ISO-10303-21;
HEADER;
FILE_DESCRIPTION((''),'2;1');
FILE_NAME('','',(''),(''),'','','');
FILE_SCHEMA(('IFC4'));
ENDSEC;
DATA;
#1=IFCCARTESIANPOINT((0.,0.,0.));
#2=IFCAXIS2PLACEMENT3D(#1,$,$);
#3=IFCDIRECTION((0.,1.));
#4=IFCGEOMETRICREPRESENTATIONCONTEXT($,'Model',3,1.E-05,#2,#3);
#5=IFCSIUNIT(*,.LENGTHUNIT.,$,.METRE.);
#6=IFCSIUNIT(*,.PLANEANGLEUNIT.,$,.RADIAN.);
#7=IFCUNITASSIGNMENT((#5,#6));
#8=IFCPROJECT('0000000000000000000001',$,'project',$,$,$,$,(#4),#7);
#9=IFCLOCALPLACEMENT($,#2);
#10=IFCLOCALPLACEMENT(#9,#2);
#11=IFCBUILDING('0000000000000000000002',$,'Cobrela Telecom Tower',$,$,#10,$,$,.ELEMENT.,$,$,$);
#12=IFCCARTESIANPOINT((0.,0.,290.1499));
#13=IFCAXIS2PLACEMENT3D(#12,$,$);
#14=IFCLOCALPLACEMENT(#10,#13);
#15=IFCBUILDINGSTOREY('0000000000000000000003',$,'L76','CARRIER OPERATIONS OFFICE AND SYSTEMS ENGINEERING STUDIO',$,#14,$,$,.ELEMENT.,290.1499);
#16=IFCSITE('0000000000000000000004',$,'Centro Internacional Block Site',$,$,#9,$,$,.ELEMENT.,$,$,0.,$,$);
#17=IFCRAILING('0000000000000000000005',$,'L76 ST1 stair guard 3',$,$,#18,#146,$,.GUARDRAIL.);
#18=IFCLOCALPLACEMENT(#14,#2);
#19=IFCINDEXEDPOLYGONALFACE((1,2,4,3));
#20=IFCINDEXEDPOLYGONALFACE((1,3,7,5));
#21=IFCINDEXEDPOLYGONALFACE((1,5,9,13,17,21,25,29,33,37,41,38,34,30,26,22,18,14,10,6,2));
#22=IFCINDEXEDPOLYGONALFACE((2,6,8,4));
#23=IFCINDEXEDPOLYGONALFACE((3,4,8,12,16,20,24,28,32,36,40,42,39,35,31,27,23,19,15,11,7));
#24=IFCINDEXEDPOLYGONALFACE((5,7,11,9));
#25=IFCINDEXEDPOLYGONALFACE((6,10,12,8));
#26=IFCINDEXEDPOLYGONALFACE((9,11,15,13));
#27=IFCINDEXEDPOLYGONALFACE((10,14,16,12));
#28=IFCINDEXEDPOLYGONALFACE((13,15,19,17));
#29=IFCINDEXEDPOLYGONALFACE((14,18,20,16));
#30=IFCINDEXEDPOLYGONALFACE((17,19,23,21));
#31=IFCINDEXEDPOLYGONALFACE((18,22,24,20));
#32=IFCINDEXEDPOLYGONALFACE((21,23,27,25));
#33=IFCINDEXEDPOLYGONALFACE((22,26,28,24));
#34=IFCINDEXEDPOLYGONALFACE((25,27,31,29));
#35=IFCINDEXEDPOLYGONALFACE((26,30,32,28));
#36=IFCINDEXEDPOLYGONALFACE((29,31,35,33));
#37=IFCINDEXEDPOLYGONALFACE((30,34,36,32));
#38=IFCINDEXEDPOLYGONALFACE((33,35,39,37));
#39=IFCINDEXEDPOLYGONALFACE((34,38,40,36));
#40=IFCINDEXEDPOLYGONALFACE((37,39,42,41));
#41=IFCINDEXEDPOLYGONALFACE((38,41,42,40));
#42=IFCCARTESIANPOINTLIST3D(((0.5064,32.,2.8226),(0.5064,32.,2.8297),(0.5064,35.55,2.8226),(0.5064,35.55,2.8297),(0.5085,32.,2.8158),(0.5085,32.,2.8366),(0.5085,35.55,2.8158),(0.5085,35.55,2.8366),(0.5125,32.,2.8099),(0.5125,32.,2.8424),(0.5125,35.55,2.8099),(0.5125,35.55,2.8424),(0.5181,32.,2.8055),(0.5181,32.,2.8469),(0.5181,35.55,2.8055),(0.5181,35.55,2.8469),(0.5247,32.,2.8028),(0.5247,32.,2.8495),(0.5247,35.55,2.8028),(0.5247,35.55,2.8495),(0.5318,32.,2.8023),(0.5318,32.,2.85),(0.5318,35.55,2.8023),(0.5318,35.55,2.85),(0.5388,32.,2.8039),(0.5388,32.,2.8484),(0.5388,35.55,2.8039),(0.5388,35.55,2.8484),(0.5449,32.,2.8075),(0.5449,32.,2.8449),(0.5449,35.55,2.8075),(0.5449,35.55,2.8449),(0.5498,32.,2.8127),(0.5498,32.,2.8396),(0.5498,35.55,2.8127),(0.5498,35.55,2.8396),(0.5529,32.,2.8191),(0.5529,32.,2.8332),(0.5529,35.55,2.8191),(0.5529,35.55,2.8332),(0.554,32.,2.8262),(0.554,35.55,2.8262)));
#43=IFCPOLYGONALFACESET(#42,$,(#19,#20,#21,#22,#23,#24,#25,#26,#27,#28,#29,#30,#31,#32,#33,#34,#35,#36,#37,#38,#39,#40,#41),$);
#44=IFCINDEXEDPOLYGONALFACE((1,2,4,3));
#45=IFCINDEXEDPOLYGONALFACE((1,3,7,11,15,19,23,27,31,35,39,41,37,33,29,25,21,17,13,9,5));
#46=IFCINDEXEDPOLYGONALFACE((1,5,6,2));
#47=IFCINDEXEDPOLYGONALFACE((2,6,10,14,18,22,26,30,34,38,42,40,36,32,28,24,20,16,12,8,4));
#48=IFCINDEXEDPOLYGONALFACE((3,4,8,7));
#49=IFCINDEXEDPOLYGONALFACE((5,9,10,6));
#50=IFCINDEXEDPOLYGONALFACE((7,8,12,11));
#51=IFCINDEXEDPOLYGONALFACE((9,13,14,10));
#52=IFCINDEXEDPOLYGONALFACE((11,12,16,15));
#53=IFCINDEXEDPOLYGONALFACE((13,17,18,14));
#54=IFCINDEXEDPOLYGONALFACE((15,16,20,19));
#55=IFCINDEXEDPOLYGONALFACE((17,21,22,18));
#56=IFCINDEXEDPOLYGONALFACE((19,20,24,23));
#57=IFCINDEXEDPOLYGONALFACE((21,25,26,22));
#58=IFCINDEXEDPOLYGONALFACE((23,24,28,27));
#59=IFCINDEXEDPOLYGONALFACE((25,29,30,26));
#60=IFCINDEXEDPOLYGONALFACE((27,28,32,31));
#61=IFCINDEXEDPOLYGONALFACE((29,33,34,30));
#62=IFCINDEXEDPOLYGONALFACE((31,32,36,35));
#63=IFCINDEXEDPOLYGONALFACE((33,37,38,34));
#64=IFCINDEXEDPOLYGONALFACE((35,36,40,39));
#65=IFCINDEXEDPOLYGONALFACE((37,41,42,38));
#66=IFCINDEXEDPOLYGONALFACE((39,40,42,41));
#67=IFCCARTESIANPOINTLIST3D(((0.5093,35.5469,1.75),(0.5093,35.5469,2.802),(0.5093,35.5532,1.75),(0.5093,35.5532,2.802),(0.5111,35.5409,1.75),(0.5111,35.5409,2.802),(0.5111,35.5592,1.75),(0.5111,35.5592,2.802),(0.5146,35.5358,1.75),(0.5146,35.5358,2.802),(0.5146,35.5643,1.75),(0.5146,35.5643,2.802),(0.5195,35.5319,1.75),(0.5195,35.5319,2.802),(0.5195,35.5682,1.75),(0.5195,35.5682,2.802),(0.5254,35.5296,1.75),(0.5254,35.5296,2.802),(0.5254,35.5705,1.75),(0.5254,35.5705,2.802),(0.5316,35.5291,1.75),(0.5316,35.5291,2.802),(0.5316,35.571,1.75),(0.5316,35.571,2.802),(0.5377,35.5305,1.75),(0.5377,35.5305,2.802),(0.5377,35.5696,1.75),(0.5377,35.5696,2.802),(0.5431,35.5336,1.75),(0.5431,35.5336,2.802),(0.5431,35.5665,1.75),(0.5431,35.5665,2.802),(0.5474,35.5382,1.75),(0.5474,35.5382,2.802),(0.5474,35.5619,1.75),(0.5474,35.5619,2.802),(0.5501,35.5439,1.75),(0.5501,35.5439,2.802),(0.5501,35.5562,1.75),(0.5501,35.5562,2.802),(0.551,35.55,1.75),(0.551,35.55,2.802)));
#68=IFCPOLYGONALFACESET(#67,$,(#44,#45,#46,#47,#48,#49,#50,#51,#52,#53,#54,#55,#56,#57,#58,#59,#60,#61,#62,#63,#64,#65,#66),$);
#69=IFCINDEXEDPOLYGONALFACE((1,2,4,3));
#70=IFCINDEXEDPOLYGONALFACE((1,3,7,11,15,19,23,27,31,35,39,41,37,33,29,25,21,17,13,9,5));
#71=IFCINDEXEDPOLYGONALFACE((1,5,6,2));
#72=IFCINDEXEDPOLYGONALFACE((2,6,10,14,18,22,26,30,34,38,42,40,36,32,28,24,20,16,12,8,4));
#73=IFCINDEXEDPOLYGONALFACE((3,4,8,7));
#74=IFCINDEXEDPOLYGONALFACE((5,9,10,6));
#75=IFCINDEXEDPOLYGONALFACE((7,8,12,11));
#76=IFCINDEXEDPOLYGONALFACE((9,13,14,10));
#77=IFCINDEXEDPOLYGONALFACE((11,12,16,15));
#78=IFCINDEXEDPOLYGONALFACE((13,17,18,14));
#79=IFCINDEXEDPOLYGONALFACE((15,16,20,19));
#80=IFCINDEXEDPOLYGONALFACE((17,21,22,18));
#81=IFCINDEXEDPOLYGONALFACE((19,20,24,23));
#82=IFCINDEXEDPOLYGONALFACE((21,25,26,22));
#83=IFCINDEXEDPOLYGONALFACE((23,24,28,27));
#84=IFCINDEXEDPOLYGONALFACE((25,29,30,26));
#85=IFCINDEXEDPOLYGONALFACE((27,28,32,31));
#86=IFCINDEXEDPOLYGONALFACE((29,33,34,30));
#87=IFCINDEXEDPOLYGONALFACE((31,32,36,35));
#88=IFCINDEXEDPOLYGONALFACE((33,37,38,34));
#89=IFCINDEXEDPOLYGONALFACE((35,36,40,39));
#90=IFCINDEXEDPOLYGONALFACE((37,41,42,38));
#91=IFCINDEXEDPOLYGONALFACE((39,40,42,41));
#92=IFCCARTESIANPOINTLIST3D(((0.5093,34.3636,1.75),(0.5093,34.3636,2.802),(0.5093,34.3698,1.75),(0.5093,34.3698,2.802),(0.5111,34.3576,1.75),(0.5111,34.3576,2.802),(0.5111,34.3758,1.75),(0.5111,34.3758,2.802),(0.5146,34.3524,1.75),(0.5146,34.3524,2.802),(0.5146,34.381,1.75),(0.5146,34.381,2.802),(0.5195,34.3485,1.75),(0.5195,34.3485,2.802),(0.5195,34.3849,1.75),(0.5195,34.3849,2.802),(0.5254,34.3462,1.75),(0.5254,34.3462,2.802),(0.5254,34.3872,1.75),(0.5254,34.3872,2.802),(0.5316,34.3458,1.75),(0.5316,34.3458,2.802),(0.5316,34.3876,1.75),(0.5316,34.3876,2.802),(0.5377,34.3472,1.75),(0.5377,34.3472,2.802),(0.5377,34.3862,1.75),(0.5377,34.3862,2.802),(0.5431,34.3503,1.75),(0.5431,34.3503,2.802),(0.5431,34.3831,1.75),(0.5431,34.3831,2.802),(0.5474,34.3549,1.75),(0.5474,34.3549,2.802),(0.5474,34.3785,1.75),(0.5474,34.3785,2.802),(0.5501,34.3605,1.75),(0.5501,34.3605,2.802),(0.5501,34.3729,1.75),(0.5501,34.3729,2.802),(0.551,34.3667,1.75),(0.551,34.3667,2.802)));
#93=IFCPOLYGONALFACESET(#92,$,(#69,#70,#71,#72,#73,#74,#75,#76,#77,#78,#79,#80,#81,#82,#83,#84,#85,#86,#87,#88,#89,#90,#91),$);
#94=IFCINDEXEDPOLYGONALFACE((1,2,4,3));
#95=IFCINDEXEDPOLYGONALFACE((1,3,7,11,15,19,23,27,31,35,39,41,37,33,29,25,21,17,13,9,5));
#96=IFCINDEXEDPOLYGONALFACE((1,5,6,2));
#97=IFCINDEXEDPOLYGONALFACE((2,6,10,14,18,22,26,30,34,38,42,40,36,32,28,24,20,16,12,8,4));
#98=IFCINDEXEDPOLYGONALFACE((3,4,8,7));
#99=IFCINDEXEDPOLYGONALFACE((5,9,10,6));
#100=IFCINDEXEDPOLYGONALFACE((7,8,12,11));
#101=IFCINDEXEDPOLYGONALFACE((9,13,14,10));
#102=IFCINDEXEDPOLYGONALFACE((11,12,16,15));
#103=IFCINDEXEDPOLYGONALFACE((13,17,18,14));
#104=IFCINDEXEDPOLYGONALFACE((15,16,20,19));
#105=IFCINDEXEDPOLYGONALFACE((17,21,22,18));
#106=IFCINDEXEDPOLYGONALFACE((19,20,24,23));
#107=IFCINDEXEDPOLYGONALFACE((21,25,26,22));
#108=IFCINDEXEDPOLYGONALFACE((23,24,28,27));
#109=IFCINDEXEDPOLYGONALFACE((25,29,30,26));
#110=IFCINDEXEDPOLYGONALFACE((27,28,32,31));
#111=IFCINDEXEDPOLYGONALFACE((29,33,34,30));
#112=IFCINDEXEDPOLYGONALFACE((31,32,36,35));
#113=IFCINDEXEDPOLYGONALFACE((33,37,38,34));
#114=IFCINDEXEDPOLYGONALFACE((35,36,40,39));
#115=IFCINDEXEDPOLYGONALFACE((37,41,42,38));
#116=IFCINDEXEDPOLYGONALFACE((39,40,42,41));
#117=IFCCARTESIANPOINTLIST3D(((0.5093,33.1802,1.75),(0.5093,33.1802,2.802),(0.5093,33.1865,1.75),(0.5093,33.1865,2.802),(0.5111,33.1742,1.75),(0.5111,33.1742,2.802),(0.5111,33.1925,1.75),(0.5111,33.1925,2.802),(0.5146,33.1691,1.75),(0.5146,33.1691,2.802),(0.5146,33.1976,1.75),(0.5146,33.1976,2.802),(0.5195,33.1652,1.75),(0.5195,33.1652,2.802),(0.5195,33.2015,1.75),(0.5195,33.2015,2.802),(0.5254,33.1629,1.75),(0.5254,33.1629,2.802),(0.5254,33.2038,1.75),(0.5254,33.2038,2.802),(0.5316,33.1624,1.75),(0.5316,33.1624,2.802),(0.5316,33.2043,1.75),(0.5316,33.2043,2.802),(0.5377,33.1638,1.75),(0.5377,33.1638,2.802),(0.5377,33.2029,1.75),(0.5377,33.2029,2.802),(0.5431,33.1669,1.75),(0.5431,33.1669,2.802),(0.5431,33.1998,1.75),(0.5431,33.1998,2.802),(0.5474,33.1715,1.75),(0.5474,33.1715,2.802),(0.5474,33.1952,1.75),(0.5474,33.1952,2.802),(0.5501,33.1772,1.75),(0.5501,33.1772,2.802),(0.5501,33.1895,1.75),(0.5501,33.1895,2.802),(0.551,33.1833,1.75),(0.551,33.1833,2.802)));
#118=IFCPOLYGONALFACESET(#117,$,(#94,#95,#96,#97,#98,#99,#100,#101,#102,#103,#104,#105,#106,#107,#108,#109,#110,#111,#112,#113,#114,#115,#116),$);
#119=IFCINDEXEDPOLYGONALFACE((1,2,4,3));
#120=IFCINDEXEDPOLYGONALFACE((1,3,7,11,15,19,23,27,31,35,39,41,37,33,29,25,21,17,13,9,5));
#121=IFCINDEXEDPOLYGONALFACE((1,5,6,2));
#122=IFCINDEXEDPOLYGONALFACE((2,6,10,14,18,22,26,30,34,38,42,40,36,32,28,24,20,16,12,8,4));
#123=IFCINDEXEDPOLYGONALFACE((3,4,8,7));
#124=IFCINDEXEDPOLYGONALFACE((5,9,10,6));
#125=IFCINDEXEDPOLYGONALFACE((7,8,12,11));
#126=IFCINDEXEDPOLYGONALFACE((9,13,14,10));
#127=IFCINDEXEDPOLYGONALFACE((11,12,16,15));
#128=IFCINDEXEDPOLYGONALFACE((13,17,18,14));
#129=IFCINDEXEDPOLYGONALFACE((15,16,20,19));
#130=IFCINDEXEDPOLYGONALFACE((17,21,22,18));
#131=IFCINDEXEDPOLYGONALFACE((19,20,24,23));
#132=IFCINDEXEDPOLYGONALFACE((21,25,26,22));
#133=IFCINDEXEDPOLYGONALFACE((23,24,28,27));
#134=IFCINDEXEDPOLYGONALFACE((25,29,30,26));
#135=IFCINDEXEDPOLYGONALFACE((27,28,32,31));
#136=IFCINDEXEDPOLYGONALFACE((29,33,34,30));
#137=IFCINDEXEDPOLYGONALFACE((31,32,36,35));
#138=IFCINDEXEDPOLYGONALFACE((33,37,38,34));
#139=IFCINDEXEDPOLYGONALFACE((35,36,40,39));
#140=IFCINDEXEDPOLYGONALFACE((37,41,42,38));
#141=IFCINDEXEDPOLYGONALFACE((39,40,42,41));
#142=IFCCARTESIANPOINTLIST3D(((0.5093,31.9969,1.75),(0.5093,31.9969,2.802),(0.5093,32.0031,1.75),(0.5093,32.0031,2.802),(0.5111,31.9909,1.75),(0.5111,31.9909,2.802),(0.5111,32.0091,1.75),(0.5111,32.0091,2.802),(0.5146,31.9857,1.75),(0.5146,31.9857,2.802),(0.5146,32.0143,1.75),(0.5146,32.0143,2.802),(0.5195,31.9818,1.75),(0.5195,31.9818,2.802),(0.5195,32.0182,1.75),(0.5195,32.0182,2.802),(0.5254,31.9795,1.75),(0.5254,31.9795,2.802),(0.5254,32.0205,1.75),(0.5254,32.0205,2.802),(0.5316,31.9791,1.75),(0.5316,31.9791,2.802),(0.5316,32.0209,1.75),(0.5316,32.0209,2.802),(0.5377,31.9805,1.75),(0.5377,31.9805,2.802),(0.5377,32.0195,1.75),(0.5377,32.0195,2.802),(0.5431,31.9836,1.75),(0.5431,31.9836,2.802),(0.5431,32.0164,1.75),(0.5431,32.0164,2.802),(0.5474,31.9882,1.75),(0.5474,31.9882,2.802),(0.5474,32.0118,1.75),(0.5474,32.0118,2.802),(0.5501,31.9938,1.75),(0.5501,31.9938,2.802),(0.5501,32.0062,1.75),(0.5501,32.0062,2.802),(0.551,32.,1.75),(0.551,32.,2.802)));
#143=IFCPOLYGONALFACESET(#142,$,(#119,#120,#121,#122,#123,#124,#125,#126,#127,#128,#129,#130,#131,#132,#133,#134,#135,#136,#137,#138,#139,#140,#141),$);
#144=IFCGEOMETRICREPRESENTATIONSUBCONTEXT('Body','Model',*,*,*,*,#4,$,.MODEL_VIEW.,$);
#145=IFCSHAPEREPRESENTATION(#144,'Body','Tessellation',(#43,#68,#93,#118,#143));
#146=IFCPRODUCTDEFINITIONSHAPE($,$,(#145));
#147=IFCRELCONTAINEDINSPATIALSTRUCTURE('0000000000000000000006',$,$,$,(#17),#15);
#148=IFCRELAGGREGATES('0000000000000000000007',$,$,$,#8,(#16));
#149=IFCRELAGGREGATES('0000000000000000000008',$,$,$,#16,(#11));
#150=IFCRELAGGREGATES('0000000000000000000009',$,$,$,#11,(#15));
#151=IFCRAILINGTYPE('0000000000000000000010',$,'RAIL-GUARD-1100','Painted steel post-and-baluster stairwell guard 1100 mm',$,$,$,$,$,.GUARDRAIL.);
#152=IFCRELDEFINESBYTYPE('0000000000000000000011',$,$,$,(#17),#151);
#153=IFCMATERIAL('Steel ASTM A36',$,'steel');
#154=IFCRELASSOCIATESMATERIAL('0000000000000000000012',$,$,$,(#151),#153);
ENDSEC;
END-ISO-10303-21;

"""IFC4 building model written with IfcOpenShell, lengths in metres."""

from ifc_helpers import new_model, si_unit, direction, frame, origin, origin_2d, place, context, subcontext, project, spatial, circle, extrude, material, type_object, element, save


model = new_model("IFC4")

# Units and contexts
model_context = context("Model", 3, precision=1e-05, world=origin(), true_north=direction((0.0, 1.0)))
body_context = subcontext(model_context, "Body", "Model", "MODEL_VIEW")
ifc_project = project(units=[si_unit("LENGTHUNIT", "METRE"), si_unit("PLANEANGLEUNIT", "RADIAN")], contexts=[model_context])

# Site, building, storey
site_placement = place(None, origin())
site = spatial("IfcSite", under=ifc_project, at=site_placement, Name="Centro Internacional Block Site", CompositionType="ELEMENT", RefElevation=0.0)
building_placement = place(site_placement, origin())
building = spatial("IfcBuilding", under=site, at=building_placement, Name="Cobrela Telecom Tower", CompositionType="ELEMENT")
storey_placement = place(building_placement, frame((0.0, 0.0, 290.1499)))
storey = spatial("IfcBuildingStorey", under=building, at=storey_placement, Name="L76", Description="CARRIER OPERATIONS OFFICE AND SYSTEMS ENGINEERING STUDIO", CompositionType="ELEMENT", Elevation=290.1499)

# Shared definitions
ifc_material_1 = material(Name="Steel ASTM A36", Category="steel")

# Railing
railing_type_1 = type_object("IfcRailingType", Name="RAIL-GUARD-1100", Description="Painted steel post-and-baluster stairwell guard 1100 mm", PredefinedType="GUARDRAIL", material=ifc_material_1)
railing_1_placement = place(storey_placement, frame((0.53, 35.55, 1.75)))
element("IfcRailing", 1, at=railing_1_placement, inside=storey, type_object=railing_type_1, Name="L76 ST1 stair guard 3", PredefinedType="GUARDRAIL", context=body_context, shape_type="SweptSolid", body=[
    extrude(circle(Radius=0.0239, at=origin_2d()), frame((0.0, 0.0, 1.0762), z_axis=(0.0, -1.0, 0.0), x_axis=(1.0, 0.0, 0.0)), (0.0, 0.0, 1.0), 3.55),
    extrude(circle(Radius=0.021, at=origin_2d()), origin(), (0.0, 0.0, 1.0), 1.052),
    extrude(circle(Radius=0.021, at=origin_2d()), frame((0.0, -1.1833, 0.0)), (0.0, 0.0, 1.0), 1.052),
    extrude(circle(Radius=0.021, at=origin_2d()), frame((0.0, -2.3667, 0.0)), (0.0, 0.0, 1.0), 1.052),
    extrude(circle(Radius=0.021, at=origin_2d()), frame((0.0, -3.55, 0.0)), (0.0, 0.0, 1.0), 1.052),
])

save(model, "model.ifc")
